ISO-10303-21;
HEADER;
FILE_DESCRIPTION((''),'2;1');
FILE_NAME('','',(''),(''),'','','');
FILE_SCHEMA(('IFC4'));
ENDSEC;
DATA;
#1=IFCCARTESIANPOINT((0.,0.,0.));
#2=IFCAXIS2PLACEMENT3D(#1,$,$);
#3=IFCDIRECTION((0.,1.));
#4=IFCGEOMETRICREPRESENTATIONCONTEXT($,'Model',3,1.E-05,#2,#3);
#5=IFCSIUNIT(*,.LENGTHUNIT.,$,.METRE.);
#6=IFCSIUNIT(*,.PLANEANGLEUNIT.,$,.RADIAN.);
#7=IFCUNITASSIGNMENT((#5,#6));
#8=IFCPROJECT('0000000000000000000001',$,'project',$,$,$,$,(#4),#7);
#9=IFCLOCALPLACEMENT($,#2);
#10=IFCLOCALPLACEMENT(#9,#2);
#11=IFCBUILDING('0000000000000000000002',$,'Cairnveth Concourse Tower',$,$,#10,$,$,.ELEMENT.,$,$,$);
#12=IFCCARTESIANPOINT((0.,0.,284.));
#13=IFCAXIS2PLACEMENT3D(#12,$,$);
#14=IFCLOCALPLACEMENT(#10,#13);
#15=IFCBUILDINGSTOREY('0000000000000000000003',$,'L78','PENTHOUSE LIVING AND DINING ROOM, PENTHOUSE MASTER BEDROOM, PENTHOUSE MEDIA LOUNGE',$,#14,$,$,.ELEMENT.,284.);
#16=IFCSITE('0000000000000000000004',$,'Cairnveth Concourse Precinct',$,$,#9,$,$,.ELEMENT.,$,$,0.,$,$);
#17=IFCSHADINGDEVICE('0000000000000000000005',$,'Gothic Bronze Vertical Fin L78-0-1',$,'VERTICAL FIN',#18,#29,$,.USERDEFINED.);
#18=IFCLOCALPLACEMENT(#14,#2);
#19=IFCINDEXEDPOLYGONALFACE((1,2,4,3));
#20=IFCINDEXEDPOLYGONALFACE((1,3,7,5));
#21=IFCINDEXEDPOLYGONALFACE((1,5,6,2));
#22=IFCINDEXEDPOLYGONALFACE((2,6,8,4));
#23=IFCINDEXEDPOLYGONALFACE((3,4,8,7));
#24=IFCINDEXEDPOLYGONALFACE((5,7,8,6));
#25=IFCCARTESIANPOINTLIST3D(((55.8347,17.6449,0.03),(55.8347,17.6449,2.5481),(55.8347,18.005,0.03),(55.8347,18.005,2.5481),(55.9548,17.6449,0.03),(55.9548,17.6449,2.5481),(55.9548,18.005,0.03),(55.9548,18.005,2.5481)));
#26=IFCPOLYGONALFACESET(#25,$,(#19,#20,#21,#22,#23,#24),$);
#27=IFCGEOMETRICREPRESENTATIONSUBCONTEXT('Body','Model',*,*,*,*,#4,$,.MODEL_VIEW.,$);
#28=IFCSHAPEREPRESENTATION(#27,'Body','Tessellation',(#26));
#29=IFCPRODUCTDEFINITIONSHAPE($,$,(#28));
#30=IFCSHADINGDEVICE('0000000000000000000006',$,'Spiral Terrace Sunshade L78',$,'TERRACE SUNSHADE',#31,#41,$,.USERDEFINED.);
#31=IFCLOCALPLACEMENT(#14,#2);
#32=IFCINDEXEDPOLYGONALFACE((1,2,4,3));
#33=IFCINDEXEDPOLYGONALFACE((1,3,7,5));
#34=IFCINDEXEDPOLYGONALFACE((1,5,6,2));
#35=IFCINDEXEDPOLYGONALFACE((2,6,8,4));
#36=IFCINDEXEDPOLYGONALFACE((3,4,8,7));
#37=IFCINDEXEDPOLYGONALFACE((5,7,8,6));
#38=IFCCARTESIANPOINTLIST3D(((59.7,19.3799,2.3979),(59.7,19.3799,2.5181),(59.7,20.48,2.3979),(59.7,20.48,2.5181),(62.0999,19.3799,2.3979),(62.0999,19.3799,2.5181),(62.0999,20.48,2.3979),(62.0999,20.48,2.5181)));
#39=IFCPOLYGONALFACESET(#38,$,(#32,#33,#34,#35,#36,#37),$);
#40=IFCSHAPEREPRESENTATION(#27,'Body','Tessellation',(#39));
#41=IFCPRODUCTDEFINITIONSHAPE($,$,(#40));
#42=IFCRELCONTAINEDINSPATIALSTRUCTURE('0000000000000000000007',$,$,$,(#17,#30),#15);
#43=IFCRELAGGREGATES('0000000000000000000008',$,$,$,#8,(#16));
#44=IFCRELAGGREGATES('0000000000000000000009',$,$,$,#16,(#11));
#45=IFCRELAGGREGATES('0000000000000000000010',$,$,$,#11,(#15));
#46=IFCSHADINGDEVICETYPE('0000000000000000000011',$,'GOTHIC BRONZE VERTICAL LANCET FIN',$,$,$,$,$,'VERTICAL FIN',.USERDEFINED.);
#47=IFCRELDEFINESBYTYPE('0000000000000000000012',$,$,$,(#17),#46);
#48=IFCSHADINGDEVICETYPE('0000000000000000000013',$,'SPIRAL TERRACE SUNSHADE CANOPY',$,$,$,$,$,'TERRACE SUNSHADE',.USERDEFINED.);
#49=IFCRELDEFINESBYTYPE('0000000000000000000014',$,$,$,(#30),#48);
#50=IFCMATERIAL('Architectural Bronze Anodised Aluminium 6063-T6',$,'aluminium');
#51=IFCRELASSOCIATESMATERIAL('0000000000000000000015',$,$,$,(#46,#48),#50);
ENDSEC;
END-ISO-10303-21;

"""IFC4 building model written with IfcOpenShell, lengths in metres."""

from ifc_helpers import new_model, si_unit, direction, frame, origin, origin_2d, place, context, subcontext, project, spatial, rectangle, extrude, material, type_object, element, save


model = new_model("IFC4")

# Units and contexts
model_context = context("Model", 3, precision=1e-05, world=origin(), true_north=direction((0.0, 1.0)))
body_context = subcontext(model_context, "Body", "Model", "MODEL_VIEW")
ifc_project = project(units=[si_unit("LENGTHUNIT", "METRE"), si_unit("PLANEANGLEUNIT", "RADIAN")], contexts=[model_context])

# Site, building, storey
site_placement = place(None, origin())
site = spatial("IfcSite", under=ifc_project, at=site_placement, Name="Cairnveth Concourse Precinct", CompositionType="ELEMENT", RefElevation=0.0)
building_placement = place(site_placement, origin())
building = spatial("IfcBuilding", under=site, at=building_placement, Name="Cairnveth Concourse Tower", CompositionType="ELEMENT")
storey_placement = place(building_placement, frame((0.0, 0.0, 284.0)))
storey = spatial("IfcBuildingStorey", under=building, at=storey_placement, Name="L78", Description="PENTHOUSE LIVING AND DINING ROOM, PENTHOUSE MASTER BEDROOM, PENTHOUSE MEDIA LOUNGE", CompositionType="ELEMENT", Elevation=284.0)

# Shading devices
ifc_material_1 = material(Name="Architectural Bronze Anodised Aluminium 6063-T6", Category="aluminium")
shading_device_type_1 = type_object("IfcShadingDeviceType", Name="GOTHIC BRONZE VERTICAL LANCET FIN", ElementType="VERTICAL FIN", PredefinedType="USERDEFINED", material=ifc_material_1)
shading_device_1_placement = place(storey_placement, frame((55.8948, 17.825, 0.03), z_axis=(0.0, 0.0, 1.0), x_axis=(1.0, 0.0, 0.0)))
element("IfcShadingDevice", 1, at=shading_device_1_placement, inside=storey, type_object=shading_device_type_1, Name="Gothic Bronze Vertical Fin L78-0-1", ObjectType="VERTICAL FIN", PredefinedType="USERDEFINED", context=body_context, shape_type="SweptSolid", body=[
    extrude(rectangle(XDim=0.1201, YDim=0.3601, at=origin_2d()), origin(), (0.0, 0.0, 1.0), 2.5181),
])
shading_device_type_2 = type_object("IfcShadingDeviceType", Name="SPIRAL TERRACE SUNSHADE CANOPY", ElementType="TERRACE SUNSHADE", PredefinedType="USERDEFINED", material=ifc_material_1)
shading_device_2_placement = place(storey_placement, frame((60.8999, 19.9299, 2.3979), z_axis=(0.0, 0.0, 1.0), x_axis=(1.0, 0.0, 0.0)))
element("IfcShadingDevice", 2, at=shading_device_2_placement, inside=storey, type_object=shading_device_type_2, Name="Spiral Terrace Sunshade L78", ObjectType="TERRACE SUNSHADE", PredefinedType="USERDEFINED", context=body_context, shape_type="SweptSolid", body=[
    extrude(rectangle(XDim=2.3999, YDim=1.1001, at=origin_2d()), origin(), (0.0, 0.0, 1.0), 0.1201),
])

save(model, "model.ifc")
